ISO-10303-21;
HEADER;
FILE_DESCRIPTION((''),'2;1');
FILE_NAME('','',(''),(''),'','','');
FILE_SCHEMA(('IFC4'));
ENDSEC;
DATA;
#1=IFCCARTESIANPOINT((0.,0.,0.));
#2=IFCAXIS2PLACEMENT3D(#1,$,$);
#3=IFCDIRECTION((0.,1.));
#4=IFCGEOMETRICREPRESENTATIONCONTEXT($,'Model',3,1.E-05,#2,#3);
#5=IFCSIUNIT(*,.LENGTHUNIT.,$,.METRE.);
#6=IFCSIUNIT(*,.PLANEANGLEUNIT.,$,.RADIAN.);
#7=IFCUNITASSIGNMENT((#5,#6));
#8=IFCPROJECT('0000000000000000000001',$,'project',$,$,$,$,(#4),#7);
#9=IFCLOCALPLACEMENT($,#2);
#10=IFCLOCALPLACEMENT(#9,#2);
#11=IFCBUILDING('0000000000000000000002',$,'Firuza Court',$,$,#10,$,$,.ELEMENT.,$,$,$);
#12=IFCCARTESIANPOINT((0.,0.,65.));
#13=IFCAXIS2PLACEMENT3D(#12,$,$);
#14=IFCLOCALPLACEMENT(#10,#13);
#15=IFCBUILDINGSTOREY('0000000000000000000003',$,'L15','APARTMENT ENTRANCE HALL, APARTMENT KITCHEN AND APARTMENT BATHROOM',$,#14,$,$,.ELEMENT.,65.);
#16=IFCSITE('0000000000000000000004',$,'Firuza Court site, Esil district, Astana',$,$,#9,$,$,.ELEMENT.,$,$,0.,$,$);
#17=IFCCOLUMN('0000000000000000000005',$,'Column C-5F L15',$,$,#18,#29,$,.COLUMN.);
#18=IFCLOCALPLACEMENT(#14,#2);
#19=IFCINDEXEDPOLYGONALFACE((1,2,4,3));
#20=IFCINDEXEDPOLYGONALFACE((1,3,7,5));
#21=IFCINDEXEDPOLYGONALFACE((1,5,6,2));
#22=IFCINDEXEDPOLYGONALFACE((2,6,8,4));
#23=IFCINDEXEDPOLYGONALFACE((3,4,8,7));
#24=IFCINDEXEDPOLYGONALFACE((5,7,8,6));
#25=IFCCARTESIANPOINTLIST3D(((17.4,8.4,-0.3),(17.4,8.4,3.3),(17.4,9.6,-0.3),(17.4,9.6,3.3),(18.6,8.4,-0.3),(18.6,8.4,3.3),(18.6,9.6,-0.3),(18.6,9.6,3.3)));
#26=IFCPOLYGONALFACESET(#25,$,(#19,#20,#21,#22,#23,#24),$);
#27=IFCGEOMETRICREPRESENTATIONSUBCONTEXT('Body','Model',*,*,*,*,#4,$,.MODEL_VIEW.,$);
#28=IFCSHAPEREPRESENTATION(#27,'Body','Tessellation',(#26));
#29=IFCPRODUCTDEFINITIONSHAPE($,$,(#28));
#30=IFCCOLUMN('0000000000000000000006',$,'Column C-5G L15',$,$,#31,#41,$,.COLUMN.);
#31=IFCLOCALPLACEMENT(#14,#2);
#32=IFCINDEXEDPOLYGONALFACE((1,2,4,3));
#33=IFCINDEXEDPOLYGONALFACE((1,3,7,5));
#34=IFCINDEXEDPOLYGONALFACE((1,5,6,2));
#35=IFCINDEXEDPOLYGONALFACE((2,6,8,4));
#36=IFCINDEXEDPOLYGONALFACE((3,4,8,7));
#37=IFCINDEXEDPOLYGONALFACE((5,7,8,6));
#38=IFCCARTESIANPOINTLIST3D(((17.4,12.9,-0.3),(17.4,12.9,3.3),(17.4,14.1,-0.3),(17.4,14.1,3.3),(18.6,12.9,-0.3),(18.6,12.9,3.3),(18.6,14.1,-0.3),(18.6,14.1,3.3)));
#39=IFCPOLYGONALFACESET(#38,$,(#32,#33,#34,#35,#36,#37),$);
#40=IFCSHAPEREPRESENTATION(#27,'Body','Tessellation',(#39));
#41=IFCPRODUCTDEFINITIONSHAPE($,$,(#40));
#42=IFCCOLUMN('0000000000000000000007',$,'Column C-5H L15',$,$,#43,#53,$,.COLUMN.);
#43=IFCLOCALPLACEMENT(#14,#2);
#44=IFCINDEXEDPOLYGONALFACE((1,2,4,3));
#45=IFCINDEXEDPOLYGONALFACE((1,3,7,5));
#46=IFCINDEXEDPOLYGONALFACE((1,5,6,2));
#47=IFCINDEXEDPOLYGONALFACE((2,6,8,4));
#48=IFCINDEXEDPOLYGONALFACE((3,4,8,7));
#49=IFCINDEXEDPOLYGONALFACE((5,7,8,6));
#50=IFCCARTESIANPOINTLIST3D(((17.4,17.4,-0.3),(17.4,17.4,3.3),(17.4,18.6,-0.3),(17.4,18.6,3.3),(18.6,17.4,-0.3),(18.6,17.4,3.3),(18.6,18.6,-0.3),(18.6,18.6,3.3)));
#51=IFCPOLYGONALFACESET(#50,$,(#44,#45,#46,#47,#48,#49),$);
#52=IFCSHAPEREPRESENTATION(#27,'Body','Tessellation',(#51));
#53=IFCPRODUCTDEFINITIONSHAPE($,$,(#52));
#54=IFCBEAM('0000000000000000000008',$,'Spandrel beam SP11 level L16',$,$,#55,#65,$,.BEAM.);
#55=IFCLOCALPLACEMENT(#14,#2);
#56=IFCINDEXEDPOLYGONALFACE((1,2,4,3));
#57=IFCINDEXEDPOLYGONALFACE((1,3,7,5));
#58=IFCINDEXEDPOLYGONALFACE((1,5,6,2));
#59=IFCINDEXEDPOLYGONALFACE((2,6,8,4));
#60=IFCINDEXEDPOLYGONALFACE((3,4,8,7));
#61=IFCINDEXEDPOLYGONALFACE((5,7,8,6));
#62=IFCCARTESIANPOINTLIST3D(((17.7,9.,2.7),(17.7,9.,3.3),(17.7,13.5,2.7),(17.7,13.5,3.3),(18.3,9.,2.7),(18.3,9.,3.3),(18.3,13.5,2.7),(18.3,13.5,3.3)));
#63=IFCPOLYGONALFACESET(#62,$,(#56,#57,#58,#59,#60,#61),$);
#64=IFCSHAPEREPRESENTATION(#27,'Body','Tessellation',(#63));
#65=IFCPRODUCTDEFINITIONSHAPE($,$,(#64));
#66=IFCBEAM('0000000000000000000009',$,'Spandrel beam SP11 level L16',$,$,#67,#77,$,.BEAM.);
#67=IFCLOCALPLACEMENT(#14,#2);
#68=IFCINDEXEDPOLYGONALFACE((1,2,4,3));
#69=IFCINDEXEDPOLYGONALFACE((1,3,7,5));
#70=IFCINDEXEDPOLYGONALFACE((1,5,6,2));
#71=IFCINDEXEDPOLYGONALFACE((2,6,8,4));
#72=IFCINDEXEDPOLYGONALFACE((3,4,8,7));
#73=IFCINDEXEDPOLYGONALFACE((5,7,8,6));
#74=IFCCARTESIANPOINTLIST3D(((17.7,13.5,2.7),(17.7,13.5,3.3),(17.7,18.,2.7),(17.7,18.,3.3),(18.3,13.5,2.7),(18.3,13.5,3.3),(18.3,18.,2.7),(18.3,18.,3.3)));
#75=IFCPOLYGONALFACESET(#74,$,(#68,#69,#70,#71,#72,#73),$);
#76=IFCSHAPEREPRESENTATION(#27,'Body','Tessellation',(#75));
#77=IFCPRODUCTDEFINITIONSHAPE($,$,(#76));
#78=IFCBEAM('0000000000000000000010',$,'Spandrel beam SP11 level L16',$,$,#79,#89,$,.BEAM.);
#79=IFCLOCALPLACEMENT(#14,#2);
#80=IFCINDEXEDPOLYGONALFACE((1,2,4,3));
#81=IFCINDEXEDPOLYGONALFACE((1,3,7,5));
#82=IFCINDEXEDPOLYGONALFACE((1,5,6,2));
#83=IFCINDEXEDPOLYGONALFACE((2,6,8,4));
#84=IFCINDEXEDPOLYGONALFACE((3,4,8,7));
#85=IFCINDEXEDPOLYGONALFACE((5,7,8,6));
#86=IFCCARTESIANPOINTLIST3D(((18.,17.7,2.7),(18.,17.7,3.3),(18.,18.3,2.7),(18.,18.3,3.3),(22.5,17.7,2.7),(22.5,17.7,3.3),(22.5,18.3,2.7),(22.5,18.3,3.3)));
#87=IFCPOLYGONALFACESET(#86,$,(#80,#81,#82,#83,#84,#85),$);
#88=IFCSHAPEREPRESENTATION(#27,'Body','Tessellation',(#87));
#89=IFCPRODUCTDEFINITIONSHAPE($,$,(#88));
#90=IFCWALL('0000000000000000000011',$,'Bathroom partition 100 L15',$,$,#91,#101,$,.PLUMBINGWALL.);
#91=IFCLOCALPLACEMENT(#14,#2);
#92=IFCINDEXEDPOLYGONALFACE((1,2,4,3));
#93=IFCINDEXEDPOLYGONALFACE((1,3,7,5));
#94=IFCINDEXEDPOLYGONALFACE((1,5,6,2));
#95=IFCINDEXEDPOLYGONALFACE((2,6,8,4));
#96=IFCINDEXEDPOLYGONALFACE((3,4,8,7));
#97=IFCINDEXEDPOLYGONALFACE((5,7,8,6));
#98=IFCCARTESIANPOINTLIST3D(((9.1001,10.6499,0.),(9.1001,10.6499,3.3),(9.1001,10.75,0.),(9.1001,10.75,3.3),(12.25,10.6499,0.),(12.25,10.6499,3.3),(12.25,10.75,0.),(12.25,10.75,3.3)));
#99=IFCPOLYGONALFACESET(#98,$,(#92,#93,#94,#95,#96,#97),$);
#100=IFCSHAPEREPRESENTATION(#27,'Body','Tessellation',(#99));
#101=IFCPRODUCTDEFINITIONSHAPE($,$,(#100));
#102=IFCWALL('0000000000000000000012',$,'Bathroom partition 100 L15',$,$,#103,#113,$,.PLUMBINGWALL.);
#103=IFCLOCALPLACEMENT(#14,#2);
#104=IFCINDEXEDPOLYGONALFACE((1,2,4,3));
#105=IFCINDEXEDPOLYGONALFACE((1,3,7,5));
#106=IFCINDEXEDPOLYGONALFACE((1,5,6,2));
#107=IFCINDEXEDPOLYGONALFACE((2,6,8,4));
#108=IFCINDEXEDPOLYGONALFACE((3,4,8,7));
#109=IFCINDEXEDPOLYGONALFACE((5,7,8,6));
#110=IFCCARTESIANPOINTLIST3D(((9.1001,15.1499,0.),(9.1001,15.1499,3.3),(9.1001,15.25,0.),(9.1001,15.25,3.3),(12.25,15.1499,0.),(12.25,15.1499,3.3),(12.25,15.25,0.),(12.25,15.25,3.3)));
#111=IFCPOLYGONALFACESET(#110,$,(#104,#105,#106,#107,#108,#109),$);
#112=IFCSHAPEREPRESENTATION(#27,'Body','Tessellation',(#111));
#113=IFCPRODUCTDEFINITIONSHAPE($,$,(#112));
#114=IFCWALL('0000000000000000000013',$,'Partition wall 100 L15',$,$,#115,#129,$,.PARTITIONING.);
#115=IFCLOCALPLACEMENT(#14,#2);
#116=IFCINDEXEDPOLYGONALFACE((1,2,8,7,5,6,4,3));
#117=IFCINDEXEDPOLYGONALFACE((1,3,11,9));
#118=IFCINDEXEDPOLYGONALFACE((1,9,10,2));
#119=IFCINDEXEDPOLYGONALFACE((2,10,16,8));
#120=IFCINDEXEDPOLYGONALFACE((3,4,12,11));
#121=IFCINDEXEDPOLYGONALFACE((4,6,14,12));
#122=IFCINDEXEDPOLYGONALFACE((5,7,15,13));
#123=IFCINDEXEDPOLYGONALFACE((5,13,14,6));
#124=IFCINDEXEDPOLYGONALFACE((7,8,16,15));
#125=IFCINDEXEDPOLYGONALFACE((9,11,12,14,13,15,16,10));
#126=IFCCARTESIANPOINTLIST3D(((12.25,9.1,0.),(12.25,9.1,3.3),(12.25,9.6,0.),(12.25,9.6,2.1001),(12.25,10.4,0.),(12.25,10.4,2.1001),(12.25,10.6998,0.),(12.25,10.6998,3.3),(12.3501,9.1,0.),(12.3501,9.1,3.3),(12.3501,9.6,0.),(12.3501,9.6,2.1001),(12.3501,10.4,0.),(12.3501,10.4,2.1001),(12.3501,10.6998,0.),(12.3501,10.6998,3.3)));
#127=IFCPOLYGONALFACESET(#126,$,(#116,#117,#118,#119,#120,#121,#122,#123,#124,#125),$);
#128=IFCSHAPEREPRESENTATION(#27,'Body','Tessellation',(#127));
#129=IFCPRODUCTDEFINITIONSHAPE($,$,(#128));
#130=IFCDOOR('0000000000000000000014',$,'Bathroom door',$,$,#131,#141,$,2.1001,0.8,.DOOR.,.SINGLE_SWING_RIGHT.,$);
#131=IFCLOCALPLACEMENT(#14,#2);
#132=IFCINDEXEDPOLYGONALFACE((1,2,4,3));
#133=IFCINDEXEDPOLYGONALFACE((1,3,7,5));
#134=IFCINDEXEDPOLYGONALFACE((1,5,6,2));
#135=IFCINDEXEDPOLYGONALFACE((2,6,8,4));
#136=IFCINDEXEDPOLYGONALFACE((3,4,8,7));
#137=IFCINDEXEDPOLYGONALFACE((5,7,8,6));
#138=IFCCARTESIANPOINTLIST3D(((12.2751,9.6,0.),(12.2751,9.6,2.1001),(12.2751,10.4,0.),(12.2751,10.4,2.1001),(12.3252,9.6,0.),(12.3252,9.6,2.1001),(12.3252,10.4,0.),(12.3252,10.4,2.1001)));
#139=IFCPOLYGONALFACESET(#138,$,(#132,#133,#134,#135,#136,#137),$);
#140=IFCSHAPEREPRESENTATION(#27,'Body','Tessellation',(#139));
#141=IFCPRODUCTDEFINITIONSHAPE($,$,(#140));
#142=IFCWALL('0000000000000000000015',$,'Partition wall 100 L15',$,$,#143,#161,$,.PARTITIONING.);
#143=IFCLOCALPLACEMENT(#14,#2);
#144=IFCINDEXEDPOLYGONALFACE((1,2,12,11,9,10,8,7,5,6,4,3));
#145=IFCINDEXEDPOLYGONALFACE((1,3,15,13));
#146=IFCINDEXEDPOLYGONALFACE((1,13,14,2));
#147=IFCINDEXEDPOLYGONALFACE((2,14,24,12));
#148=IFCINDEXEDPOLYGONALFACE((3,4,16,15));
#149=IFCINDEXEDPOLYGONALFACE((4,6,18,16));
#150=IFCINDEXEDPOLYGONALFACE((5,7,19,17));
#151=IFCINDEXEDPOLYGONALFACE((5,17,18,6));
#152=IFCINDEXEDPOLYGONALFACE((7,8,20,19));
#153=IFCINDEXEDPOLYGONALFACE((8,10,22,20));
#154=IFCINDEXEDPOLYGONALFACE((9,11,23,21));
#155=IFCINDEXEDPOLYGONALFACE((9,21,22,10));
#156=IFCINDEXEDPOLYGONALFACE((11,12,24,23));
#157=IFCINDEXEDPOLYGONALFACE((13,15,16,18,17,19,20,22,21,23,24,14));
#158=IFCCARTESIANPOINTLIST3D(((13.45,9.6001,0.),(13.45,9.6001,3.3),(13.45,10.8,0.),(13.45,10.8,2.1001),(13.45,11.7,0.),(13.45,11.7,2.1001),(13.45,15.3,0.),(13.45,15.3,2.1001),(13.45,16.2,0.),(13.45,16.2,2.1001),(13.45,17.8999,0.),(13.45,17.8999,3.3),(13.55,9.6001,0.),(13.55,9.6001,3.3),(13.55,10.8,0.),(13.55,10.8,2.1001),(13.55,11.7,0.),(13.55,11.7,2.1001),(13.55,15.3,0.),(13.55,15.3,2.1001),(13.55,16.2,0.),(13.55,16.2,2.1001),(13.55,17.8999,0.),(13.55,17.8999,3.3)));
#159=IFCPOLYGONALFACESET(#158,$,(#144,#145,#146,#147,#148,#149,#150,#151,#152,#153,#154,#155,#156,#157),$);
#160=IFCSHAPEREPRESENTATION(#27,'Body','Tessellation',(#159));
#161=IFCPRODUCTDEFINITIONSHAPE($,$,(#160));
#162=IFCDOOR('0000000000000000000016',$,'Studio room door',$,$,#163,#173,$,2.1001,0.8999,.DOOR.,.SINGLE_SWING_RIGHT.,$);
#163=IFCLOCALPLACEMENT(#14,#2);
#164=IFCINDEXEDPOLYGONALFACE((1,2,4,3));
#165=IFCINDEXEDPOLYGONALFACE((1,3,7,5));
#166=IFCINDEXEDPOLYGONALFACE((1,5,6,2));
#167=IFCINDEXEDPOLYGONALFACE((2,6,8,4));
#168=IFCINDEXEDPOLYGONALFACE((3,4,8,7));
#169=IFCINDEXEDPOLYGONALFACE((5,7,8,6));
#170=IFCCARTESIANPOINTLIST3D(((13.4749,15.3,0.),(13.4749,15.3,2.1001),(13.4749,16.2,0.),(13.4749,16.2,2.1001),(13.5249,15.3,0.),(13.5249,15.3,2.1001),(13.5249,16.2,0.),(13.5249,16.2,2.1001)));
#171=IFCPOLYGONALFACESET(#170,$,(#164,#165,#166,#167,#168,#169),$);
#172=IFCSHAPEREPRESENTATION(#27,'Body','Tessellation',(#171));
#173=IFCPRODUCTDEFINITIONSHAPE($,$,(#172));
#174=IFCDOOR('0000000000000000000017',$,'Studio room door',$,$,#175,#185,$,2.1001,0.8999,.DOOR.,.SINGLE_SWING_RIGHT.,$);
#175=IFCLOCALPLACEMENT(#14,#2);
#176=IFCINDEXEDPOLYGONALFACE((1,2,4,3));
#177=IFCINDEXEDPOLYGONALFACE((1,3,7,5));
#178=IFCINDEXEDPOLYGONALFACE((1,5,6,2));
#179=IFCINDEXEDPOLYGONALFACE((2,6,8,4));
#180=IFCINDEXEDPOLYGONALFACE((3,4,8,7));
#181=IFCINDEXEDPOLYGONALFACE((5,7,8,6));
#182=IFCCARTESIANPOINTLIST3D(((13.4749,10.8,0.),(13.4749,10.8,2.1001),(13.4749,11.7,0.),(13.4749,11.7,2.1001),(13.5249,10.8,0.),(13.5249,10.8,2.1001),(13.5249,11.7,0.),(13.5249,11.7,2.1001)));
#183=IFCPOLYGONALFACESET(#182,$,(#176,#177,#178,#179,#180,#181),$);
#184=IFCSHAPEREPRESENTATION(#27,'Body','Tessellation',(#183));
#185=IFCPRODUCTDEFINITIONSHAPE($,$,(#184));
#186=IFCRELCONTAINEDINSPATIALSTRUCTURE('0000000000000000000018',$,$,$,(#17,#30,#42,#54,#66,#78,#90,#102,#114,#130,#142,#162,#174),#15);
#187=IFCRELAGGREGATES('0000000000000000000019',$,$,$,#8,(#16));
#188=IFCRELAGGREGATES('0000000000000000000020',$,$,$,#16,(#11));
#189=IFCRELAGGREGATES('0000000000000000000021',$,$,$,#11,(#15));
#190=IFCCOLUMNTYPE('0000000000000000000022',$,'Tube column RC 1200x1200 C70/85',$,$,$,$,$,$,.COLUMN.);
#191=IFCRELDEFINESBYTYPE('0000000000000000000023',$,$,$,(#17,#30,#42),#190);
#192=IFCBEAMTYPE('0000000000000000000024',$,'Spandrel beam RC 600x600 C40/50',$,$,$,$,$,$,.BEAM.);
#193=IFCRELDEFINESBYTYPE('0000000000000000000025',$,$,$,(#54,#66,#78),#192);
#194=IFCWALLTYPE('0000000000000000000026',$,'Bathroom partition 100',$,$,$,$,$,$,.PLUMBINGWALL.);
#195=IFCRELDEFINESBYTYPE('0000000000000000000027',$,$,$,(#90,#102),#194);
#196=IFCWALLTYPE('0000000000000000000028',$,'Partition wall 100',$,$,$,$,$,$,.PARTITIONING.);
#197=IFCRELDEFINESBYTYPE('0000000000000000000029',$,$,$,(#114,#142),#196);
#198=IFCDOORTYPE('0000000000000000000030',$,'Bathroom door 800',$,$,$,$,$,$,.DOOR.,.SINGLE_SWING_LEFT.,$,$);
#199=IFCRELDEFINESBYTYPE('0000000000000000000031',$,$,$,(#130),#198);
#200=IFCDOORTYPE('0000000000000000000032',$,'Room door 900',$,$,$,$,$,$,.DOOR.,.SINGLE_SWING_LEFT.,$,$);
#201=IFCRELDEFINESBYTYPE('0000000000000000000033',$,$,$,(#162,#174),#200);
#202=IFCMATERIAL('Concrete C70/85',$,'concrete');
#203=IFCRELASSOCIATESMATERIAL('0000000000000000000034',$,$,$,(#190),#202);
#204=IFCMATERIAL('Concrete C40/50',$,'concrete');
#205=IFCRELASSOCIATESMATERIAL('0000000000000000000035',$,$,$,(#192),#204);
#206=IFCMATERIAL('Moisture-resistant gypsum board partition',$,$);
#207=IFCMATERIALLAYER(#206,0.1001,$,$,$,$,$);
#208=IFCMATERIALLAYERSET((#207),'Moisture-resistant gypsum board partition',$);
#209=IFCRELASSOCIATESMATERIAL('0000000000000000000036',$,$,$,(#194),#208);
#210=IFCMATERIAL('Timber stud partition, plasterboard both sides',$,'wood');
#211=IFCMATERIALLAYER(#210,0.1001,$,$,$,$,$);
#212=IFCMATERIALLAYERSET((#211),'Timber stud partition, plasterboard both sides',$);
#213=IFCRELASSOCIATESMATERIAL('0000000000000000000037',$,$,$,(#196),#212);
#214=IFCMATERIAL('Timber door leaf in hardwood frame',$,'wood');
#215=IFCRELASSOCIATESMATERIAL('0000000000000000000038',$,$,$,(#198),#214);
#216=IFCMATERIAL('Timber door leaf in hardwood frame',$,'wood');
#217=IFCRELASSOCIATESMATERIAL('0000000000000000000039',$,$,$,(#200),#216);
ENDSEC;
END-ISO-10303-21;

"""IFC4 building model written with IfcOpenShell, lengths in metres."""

from ifc_helpers import new_model, si_unit, direction, frame, frame_2d, origin, origin_2d, place, context, subcontext, project, spatial, rectangle, extrude, material, layer, layer_set, material_profile, profile_set, type_object, element, fill, save


model = new_model("IFC4")

# Units and contexts
model_context = context("Model", 3, precision=1e-05, world=origin(), true_north=direction((0.0, 1.0)))
body_context = subcontext(model_context, "Body", "Model", "MODEL_VIEW")
ifc_project = project(units=[si_unit("LENGTHUNIT", "METRE"), si_unit("PLANEANGLEUNIT", "RADIAN")], contexts=[model_context])

# Site, building, storey
site_placement = place(None, origin())
site = spatial("IfcSite", under=ifc_project, at=site_placement, Name="Firuza Court site, Esil district, Astana", CompositionType="ELEMENT", RefElevation=0.0)
building_placement = place(site_placement, origin())
building = spatial("IfcBuilding", under=site, at=building_placement, Name="Firuza Court", CompositionType="ELEMENT")
storey_placement = place(building_placement, frame((0.0, 0.0, 65.0)))
storey = spatial("IfcBuildingStorey", under=building, at=storey_placement, Name="L15", Description="APARTMENT ENTRANCE HALL, APARTMENT KITCHEN AND APARTMENT BATHROOM", CompositionType="ELEMENT", Elevation=65.0)

# Columns
ifc_material_1 = material(Name="Concrete C70/85", Category="concrete")
ifc_material_profile_1 = material_profile(ifc_material_1, rectangle(XDim=1.2, YDim=1.2, at=origin_2d()), Name="RC 1200x1200")
ifc_profile_set_1 = profile_set([ifc_material_profile_1], Name="Concrete C70/85")
column_type = type_object("IfcColumnType", Name="Tube column RC 1200x1200 C70/85", PredefinedType="COLUMN", material=ifc_profile_set_1)
for number, where, z_axis, x_axis, name in (
    (1, (18.0, 9.0, -0.3), (0.0, 0.0, 1.0), (1.0, 0.0, 0.0), "Column C-5F L15"),
    (2, (18.0, 13.5, -0.3), (0.0, 0.0, 1.0), (1.0, 0.0, 0.0), "Column C-5G L15"),
    (3, (18.0, 18.0, -0.3), (0.0, 0.0, 1.0), (1.0, 0.0, 0.0), "Column C-5H L15"),
):
    element("IfcColumn", number, at=place(storey_placement, frame(where, z_axis=z_axis, x_axis=x_axis)), inside=storey, type_object=column_type, Name=name, PredefinedType="COLUMN", context=body_context, shape_type="SweptSolid", body=[
        extrude(rectangle(XDim=1.2, YDim=1.2, at=origin_2d()), origin(), (0.0, 0.0, 1.0), 3.6001),
    ])

# Beams
ifc_material_2 = material(Name="Concrete C40/50", Category="concrete")
ifc_material_profile_2 = material_profile(ifc_material_2, rectangle(XDim=0.6001, YDim=0.6001, at=origin_2d()), Name="RC 600x600")
ifc_profile_set_2 = profile_set([ifc_material_profile_2], Name="Concrete C40/50")
beam_type = type_object("IfcBeamType", Name="Spandrel beam RC 600x600 C40/50", PredefinedType="BEAM", material=ifc_profile_set_2)
for number, where, z_axis, x_axis, name in (
    (4, (18.0, 9.0, 3.0), (0.0, 1.0, 0.0), (-1.0, 0.0, 0.0), "Spandrel beam SP11 level L16"),
    (5, (18.0, 13.5, 3.0), (0.0, 1.0, 0.0), (-1.0, 0.0, 0.0), "Spandrel beam SP11 level L16"),
    (6, (18.0, 18.0, 3.0), (1.0, 0.0, 0.0), (0.0, 1.0, 0.0), "Spandrel beam SP11 level L16"),
):
    element("IfcBeam", number, at=place(storey_placement, frame(where, z_axis=z_axis, x_axis=x_axis)), inside=storey, type_object=beam_type, Name=name, PredefinedType="BEAM", context=body_context, shape_type="SweptSolid", body=[
        extrude(rectangle(XDim=0.6001, YDim=0.6001, at=origin_2d()), origin(), (0.0, 0.0, 1.0), 4.5),
    ])

# Walls
ifc_material_3 = material(Name="Moisture-resistant gypsum board partition")
ifc_layer_1 = layer(ifc_material_3, 0.1001)
ifc_layer_set_1 = layer_set([ifc_layer_1], Name="Moisture-resistant gypsum board partition")
wall_type_1 = type_object("IfcWallType", Name="Bathroom partition 100", PredefinedType="PLUMBINGWALL", material=ifc_layer_set_1)
for number, where, z_axis, x_axis, name in (
    (7, (9.1001, 10.7, 0.0), (0.0, 0.0, 1.0), (1.0, 0.0, 0.0), "Bathroom partition 100 L15"),
    (8, (9.1001, 15.2, 0.0), (0.0, 0.0, 1.0), (1.0, 0.0, 0.0), "Bathroom partition 100 L15"),
):
    element("IfcWall", number, at=place(storey_placement, frame(where, z_axis=z_axis, x_axis=x_axis)), inside=storey, type_object=wall_type_1, Name=name, PredefinedType="PLUMBINGWALL", context=body_context, shape_type="SweptSolid", body=[
        extrude(rectangle(XDim=3.1499, YDim=0.1001, at=frame_2d((1.575, 0.0))), origin(), (0.0, 0.0, 1.0), 3.3),
    ])

# Wall, opening, door
ifc_material_4 = material(Name="Timber stud partition, plasterboard both sides", Category="wood")
ifc_layer_2 = layer(ifc_material_4, 0.1001)
ifc_layer_set_2 = layer_set([ifc_layer_2], Name="Timber stud partition, plasterboard both sides")
wall_type_2 = type_object("IfcWallType", Name="Partition wall 100", PredefinedType="PARTITIONING", material=ifc_layer_set_2)
wall_1_placement = place(storey_placement, frame((12.3, 9.1001, 0.0), z_axis=(0.0, 0.0, 1.0), x_axis=(0.0, 1.0, 0.0)))
wall_1 = element("IfcWall", 9, at=wall_1_placement, inside=storey, type_object=wall_type_2, Name="Partition wall 100 L15", PredefinedType="PARTITIONING", context=body_context, shape_type="SweptSolid", body=[
    extrude(rectangle(XDim=1.5999, YDim=0.1001, at=frame_2d((0.7998, 0.0))), origin(), (0.0, 0.0, 1.0), 3.3),
])
opening_1_placement = place(wall_1_placement, frame((0.5, 0.0, 0.0)))
opening_1 = element("IfcOpeningElement", 10, at=opening_1_placement, cuts=wall_1, PredefinedType="OPENING", context=body_context, shape_type="SweptSolid", body=[
    extrude(rectangle(XDim=0.8, YDim=2.1001, at=frame_2d((0.3999, 1.05))), frame((0.0, 0.062, 0.0), z_axis=(0.0, -1.0, 0.0), x_axis=(1.0, 0.0, 0.0)), (0.0, 0.0, 1.0), 0.124),
])
ifc_material_5 = material(Name="Timber door leaf in hardwood frame", Category="wood")
door_type_1 = type_object("IfcDoorType", Name="Bathroom door 800", OperationType="SINGLE_SWING_LEFT", PredefinedType="DOOR", material=ifc_material_5)
door_1_placement = place(opening_1_placement, origin())
door_1 = element("IfcDoor", 11, at=door_1_placement, inside=storey, type_object=door_type_1, Name="Bathroom door", OperationType="SINGLE_SWING_RIGHT", OverallHeight=2.1001, OverallWidth=0.8, PredefinedType="DOOR", context=body_context, shape_type="SweptSolid", body=[
    extrude(rectangle(XDim=0.8, YDim=2.1001, at=frame_2d((0.3999, 1.05))), frame((0.0, 0.0249, 0.0), z_axis=(0.0, -1.0, 0.0), x_axis=(1.0, 0.0, 0.0)), (0.0, 0.0, 1.0), 0.05),
])
fill(opening_1, door_1)

# Wall, openings, doors
wall_2_placement = place(storey_placement, frame((13.5, 9.6001, 0.0), z_axis=(0.0, 0.0, 1.0), x_axis=(0.0, 1.0, 0.0)))
wall_2 = element("IfcWall", 12, at=wall_2_placement, inside=storey, type_object=wall_type_2, Name="Partition wall 100 L15", PredefinedType="PARTITIONING", context=body_context, shape_type="SweptSolid", body=[
    extrude(rectangle(XDim=8.2998, YDim=0.1001, at=frame_2d((4.1499, 0.0))), origin(), (0.0, 0.0, 1.0), 3.3),
])
opening_2_placement = place(wall_2_placement, frame((5.7, 0.0, 0.0)))
opening_2 = element("IfcOpeningElement", 13, at=opening_2_placement, cuts=wall_2, PredefinedType="OPENING", context=body_context, shape_type="SweptSolid", body=[
    extrude(rectangle(XDim=0.8999, YDim=2.1001, at=frame_2d((0.45, 1.05))), frame((0.0, 0.062, 0.0), z_axis=(0.0, -1.0, 0.0), x_axis=(1.0, 0.0, 0.0)), (0.0, 0.0, 1.0), 0.124),
])
opening_3_placement = place(wall_2_placement, frame((1.2, 0.0, 0.0)))
opening_3 = element("IfcOpeningElement", 14, at=opening_3_placement, cuts=wall_2, PredefinedType="OPENING", context=body_context, shape_type="SweptSolid", body=[
    extrude(rectangle(XDim=0.8999, YDim=2.1001, at=frame_2d((0.45, 1.05))), frame((0.0, 0.062, 0.0), z_axis=(0.0, -1.0, 0.0), x_axis=(1.0, 0.0, 0.0)), (0.0, 0.0, 1.0), 0.124),
])
ifc_material_6 = material(Name="Timber door leaf in hardwood frame", Category="wood")
door_type_2 = type_object("IfcDoorType", Name="Room door 900", OperationType="SINGLE_SWING_LEFT", PredefinedType="DOOR", material=ifc_material_6)
door_2_placement = place(opening_2_placement, frame((0.8999, 0.0, 0.0), z_axis=(0.0, 0.0, 1.0), x_axis=(-1.0, 0.0, 0.0)))
door_2 = element("IfcDoor", 15, at=door_2_placement, inside=storey, type_object=door_type_2, Name="Studio room door", OperationType="SINGLE_SWING_RIGHT", OverallHeight=2.1001, OverallWidth=0.8999, PredefinedType="DOOR", context=body_context, shape_type="SweptSolid", body=[
    extrude(rectangle(XDim=0.8999, YDim=2.1001, at=frame_2d((0.45, 1.05))), frame((0.0, 0.0249, 0.0), z_axis=(0.0, -1.0, 0.0), x_axis=(1.0, 0.0, 0.0)), (0.0, 0.0, 1.0), 0.05),
])
fill(opening_2, door_2)
door_3_placement = place(opening_3_placement, frame((0.8999, 0.0, 0.0), z_axis=(0.0, 0.0, 1.0), x_axis=(-1.0, 0.0, 0.0)))
door_3 = element("IfcDoor", 16, at=door_3_placement, inside=storey, type_object=door_type_2, Name="Studio room door", OperationType="SINGLE_SWING_RIGHT", OverallHeight=2.1001, OverallWidth=0.8999, PredefinedType="DOOR", context=body_context, shape_type="SweptSolid", body=[
    extrude(rectangle(XDim=0.8999, YDim=2.1001, at=frame_2d((0.45, 1.05))), frame((0.0, 0.0249, 0.0), z_axis=(0.0, -1.0, 0.0), x_axis=(1.0, 0.0, 0.0)), (0.0, 0.0, 1.0), 0.05),
])
fill(opening_3, door_3)

save(model, "model.ifc")
